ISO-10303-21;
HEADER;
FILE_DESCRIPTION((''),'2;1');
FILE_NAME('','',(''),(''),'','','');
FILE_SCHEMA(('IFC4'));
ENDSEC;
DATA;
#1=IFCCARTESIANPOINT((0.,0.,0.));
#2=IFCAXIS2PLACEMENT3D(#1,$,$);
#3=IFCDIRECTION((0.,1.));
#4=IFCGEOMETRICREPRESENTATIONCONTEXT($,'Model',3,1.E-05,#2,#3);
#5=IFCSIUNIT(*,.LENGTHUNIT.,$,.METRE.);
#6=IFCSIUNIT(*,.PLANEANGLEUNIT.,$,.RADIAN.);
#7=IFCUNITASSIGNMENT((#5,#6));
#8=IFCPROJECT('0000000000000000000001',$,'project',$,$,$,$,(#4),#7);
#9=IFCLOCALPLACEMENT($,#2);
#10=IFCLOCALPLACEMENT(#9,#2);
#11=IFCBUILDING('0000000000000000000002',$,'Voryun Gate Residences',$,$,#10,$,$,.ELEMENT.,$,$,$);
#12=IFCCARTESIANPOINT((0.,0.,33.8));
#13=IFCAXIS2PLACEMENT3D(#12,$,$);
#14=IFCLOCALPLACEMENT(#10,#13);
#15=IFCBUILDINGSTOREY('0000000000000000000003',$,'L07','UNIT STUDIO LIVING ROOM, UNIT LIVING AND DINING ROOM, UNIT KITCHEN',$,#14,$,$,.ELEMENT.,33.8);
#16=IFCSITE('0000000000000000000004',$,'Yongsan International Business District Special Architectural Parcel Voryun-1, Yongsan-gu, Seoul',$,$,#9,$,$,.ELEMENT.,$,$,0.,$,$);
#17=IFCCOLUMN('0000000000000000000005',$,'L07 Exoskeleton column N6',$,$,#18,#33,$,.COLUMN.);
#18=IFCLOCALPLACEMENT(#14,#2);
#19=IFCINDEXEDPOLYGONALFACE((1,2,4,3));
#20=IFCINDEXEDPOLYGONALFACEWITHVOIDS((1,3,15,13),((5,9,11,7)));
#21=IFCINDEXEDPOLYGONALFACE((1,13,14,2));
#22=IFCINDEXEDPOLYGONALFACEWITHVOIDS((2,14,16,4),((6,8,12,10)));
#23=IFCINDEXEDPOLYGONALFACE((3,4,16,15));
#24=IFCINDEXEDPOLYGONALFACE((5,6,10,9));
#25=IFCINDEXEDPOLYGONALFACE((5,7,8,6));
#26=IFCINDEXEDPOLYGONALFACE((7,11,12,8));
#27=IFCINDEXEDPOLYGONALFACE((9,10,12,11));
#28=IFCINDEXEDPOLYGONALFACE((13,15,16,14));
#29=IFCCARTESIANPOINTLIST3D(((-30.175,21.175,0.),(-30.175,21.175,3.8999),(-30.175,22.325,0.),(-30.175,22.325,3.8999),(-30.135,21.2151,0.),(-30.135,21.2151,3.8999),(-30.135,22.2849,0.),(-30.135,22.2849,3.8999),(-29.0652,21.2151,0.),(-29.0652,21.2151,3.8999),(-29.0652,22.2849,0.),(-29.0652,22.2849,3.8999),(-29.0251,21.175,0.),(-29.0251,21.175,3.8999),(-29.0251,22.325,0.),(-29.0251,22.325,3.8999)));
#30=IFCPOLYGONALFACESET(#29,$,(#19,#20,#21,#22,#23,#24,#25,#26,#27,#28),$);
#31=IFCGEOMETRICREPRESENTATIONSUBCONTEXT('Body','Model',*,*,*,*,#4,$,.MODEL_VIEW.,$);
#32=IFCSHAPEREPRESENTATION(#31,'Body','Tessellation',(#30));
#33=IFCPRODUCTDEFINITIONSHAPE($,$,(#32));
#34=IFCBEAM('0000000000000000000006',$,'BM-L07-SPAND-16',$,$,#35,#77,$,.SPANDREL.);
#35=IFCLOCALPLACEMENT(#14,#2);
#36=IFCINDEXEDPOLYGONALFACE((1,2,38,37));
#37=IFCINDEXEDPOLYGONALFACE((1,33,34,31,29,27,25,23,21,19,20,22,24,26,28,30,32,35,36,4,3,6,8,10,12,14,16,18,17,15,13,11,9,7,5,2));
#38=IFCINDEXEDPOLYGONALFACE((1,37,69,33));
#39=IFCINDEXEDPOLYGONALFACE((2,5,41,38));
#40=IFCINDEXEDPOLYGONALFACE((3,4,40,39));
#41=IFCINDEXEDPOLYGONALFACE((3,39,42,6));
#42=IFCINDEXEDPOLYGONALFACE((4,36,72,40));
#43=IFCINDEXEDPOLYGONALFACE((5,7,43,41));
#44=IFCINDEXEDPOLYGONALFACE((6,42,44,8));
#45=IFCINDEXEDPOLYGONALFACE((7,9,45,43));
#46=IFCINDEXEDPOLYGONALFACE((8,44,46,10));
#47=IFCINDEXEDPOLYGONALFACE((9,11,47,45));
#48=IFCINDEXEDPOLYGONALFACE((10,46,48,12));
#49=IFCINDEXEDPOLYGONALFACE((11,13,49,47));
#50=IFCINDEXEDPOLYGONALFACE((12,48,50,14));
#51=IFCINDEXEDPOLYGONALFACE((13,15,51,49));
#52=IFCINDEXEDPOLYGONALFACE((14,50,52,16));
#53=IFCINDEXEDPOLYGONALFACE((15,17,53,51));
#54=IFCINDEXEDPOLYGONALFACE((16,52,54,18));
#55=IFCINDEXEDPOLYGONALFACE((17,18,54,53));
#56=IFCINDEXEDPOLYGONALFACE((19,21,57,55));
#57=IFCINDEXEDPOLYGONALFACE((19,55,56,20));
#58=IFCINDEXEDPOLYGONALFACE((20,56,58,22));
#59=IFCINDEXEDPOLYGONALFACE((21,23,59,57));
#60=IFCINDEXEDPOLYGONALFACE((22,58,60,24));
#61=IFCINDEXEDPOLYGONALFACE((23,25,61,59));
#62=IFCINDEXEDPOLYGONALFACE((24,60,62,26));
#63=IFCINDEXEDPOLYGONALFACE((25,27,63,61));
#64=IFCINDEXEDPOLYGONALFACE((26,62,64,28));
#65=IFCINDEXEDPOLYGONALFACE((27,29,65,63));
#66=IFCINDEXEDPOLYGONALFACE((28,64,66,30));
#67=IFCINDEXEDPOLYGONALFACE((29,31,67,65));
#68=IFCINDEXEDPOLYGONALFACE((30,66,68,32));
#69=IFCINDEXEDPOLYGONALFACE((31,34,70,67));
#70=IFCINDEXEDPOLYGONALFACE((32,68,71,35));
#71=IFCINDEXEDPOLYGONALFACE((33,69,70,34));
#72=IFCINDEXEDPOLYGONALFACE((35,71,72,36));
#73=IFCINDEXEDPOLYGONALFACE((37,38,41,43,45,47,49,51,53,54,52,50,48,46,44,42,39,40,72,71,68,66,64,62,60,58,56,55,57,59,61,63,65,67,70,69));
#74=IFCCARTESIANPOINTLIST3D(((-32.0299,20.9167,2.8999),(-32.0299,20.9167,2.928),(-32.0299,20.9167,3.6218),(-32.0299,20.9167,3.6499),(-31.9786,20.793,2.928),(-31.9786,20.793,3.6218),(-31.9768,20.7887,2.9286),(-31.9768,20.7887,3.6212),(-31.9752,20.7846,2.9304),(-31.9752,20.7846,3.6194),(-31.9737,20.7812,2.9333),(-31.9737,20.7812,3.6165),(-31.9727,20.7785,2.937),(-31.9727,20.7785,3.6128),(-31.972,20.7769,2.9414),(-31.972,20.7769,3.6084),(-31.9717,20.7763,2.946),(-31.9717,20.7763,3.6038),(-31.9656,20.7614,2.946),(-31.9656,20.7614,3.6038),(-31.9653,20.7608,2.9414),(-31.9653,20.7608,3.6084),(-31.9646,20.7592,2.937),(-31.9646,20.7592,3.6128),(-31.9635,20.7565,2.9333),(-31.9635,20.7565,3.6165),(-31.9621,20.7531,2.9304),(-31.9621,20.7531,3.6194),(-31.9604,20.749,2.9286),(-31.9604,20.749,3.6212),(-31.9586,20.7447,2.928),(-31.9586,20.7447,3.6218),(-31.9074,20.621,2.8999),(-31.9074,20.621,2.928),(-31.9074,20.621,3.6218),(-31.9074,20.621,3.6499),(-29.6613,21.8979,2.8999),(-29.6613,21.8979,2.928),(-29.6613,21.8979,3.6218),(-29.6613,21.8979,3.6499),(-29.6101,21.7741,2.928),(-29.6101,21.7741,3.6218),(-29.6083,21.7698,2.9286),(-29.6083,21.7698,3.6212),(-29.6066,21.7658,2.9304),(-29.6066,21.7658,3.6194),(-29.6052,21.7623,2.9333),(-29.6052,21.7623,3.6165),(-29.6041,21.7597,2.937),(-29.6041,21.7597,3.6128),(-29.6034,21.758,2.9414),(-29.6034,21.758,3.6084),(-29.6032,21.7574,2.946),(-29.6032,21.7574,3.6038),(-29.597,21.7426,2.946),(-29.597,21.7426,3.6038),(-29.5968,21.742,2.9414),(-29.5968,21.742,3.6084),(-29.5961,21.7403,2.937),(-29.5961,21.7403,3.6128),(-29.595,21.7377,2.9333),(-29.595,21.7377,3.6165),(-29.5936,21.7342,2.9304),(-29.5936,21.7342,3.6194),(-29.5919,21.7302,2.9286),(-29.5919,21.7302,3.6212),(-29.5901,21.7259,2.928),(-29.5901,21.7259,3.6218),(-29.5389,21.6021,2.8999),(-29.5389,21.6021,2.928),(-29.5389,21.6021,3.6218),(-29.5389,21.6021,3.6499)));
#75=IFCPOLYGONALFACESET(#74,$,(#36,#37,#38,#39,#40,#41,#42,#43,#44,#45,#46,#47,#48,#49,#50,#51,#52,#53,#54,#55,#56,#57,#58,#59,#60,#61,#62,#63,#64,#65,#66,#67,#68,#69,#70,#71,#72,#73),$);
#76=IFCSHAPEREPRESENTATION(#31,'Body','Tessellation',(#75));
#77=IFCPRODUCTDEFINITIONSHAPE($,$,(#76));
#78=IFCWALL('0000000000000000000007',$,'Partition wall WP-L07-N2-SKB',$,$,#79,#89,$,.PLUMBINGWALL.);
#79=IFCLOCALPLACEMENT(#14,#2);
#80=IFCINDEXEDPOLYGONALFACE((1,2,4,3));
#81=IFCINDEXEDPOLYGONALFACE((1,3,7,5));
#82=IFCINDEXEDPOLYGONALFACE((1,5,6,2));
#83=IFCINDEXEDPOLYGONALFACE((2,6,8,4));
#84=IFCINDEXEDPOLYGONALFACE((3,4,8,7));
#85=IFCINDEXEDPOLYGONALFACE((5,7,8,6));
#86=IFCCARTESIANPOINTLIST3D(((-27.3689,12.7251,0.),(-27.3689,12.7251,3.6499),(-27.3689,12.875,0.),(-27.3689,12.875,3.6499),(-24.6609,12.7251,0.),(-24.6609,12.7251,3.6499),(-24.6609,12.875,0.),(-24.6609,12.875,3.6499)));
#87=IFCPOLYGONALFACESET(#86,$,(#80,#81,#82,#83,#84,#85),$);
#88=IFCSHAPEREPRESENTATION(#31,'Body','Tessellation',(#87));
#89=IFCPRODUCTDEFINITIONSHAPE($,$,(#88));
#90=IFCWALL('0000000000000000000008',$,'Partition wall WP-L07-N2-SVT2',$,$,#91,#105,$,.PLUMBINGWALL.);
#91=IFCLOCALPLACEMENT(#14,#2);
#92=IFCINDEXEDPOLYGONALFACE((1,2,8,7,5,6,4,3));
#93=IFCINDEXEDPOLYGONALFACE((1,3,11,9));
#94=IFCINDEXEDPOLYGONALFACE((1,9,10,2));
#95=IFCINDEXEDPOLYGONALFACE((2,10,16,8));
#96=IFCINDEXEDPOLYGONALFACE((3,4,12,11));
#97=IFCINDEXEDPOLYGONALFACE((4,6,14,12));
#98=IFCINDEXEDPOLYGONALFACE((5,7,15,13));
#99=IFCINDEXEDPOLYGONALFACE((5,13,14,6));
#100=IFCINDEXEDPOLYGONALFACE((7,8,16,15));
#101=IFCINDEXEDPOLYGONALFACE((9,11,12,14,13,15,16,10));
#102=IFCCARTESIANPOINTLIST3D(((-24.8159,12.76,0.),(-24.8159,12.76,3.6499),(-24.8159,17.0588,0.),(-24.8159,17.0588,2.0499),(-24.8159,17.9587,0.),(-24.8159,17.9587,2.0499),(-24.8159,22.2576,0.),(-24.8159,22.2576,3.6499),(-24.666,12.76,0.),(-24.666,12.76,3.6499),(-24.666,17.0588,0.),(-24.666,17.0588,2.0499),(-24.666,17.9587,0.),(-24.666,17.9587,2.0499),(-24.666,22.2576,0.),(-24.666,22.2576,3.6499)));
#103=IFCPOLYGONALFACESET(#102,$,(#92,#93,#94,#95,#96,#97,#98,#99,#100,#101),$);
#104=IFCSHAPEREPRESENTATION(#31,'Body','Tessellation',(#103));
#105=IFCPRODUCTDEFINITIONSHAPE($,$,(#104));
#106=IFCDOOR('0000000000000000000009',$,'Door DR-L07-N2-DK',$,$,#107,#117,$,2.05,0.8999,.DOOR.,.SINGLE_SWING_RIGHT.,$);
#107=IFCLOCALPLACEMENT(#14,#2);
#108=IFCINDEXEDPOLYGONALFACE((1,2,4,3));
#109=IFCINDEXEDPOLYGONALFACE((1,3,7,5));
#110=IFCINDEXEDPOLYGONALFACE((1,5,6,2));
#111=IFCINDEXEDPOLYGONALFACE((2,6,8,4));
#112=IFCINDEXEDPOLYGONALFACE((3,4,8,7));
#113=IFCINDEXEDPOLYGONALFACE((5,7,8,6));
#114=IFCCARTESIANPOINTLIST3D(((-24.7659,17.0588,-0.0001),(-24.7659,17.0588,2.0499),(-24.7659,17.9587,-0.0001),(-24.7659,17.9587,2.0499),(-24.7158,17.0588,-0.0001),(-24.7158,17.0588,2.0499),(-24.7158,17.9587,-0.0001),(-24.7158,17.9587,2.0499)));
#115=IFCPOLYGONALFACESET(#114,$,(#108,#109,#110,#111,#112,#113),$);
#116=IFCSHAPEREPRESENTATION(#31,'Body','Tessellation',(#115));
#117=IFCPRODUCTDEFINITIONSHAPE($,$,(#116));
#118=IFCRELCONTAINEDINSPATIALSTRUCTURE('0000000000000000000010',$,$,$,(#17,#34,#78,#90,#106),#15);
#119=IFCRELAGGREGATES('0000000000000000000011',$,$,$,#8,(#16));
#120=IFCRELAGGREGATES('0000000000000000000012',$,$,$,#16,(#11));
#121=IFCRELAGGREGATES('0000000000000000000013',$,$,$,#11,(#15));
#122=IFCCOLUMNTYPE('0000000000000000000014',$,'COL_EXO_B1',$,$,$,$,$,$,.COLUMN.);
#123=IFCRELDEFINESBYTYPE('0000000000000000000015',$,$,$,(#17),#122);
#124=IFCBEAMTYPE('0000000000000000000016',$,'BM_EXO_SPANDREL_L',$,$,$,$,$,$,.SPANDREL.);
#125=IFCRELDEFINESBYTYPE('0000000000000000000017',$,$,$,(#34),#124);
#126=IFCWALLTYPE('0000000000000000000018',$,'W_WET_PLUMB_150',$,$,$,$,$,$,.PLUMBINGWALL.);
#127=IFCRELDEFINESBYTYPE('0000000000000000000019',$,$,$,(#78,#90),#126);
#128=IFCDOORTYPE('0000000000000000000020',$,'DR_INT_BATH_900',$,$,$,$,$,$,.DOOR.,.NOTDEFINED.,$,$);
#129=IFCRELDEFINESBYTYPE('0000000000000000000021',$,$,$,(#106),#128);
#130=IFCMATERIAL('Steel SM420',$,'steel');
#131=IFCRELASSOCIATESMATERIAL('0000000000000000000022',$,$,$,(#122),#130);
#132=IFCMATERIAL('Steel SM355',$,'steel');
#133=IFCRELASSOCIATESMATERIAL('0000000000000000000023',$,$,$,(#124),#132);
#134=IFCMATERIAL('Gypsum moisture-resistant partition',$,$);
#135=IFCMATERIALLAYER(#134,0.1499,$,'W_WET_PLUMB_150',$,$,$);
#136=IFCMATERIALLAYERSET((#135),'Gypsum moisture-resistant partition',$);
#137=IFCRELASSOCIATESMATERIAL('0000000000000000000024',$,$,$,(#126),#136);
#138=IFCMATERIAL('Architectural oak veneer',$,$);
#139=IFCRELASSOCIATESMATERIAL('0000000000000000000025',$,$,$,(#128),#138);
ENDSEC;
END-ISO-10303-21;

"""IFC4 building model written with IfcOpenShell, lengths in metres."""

from ifc_helpers import new_model, si_unit, direction, frame, frame_2d, origin, origin_2d, place, context, subcontext, project, spatial, rectangle, hollow_rectangle, i_section, extrude, material, layer, layer_set, material_profile, profile_set, type_object, element, fill, save


model = new_model("IFC4")

# Units and contexts
model_context = context("Model", 3, precision=1e-05, world=origin(), true_north=direction((0.0, 1.0)))
body_context = subcontext(model_context, "Body", "Model", "MODEL_VIEW")
ifc_project = project(units=[si_unit("LENGTHUNIT", "METRE"), si_unit("PLANEANGLEUNIT", "RADIAN")], contexts=[model_context])

# Site, building, storey
site_placement = place(None, origin())
site = spatial("IfcSite", under=ifc_project, at=site_placement, Name="Yongsan International Business District Special Architectural Parcel Voryun-1, Yongsan-gu, Seoul", CompositionType="ELEMENT", RefElevation=0.0)
building_placement = place(site_placement, origin())
building = spatial("IfcBuilding", under=site, at=building_placement, Name="Voryun Gate Residences", CompositionType="ELEMENT")
storey_placement = place(building_placement, frame((0.0, 0.0, 33.8)))
storey = spatial("IfcBuildingStorey", under=building, at=storey_placement, Name="L07", Description="UNIT STUDIO LIVING ROOM, UNIT LIVING AND DINING ROOM, UNIT KITCHEN", CompositionType="ELEMENT", Elevation=33.8)

# Column
ifc_material_1 = material(Name="Steel SM420", Category="steel")
ifc_material_profile_1 = material_profile(ifc_material_1, hollow_rectangle(XDim=1.1499, YDim=1.1499, WallThickness=0.04, at=origin_2d()), Name="BOX-1150x1150x40")
ifc_profile_set_1 = profile_set([ifc_material_profile_1], Name="Steel SM420")
column_type = type_object("IfcColumnType", Name="COL_EXO_B1", PredefinedType="COLUMN", material=ifc_profile_set_1)
column_placement = place(storey_placement, frame((-29.6001, 21.75, 0.0), z_axis=(0.0, 0.0, 1.0), x_axis=(1.0, 0.0, 0.0)))
element("IfcColumn", 1, at=column_placement, inside=storey, type_object=column_type, Name="L07 Exoskeleton column N6", PredefinedType="COLUMN", context=body_context, shape_type="SweptSolid", body=[
    extrude(hollow_rectangle(XDim=1.1499, YDim=1.1499, WallThickness=0.04, at=origin_2d()), origin(), (0.0, 0.0, 1.0), 3.8999),
])

# Beam
ifc_material_2 = material(Name="Steel SM355", Category="steel")
ifc_material_profile_2 = material_profile(ifc_material_2, i_section(OverallWidth=0.3201, OverallDepth=0.75, WebThickness=0.0161, FlangeThickness=0.0281, FilletRadius=0.0181, at=origin_2d()), Name="H-750x320x16x28")
ifc_profile_set_2 = profile_set([ifc_material_profile_2], Name="Steel SM355")
beam_type = type_object("IfcBeamType", Name="BM_EXO_SPANDREL_L", PredefinedType="SPANDREL", material=ifc_profile_set_2)
beam_placement = place(storey_placement, frame((-29.6001, 21.75, 3.2749), z_axis=(-0.923869, -0.382708, 0.0), x_axis=(0.382708, -0.923869, 0.0)))
element("IfcBeam", 2, at=beam_placement, inside=storey, type_object=beam_type, Name="BM-L07-SPAND-16", PredefinedType="SPANDREL", context=body_context, shape_type="SweptSolid", body=[
    extrude(i_section(OverallWidth=0.3201, OverallDepth=0.75, WebThickness=0.0161, FlangeThickness=0.0281, FilletRadius=0.0181, at=origin_2d()), origin(), (0.0, 0.0, 1.0), 2.5637),
])

# Wall
ifc_material_3 = material(Name="Gypsum moisture-resistant partition")
ifc_layer_1 = layer(ifc_material_3, 0.1499, Name="W_WET_PLUMB_150")
ifc_layer_set_1 = layer_set([ifc_layer_1], Name="Gypsum moisture-resistant partition")
wall_type_1 = type_object("IfcWallType", Name="W_WET_PLUMB_150", PredefinedType="PLUMBINGWALL", material=ifc_layer_set_1)
wall_1_placement = place(storey_placement, frame((-27.3689, 12.8, 0.0), z_axis=(0.0, 0.0, 1.0), x_axis=(1.0, 0.0, 0.0)))
element("IfcWall", 3, at=wall_1_placement, inside=storey, type_object=wall_type_1, Name="Partition wall WP-L07-N2-SKB", PredefinedType="PLUMBINGWALL", context=body_context, shape_type="SweptSolid", body=[
    extrude(rectangle(XDim=2.708, YDim=0.1499, at=frame_2d((1.354, 0.0))), origin(), (0.0, 0.0, 1.0), 3.6499),
])

# Wall, opening, door
wall_2_placement = place(storey_placement, frame((-24.741, 12.76, 0.0), z_axis=(0.0, 0.0, 1.0), x_axis=(0.0, 1.0, 0.0)))
wall_2 = element("IfcWall", 4, at=wall_2_placement, inside=storey, type_object=wall_type_1, Name="Partition wall WP-L07-N2-SVT2", PredefinedType="PLUMBINGWALL", context=body_context, shape_type="SweptSolid", body=[
    extrude(rectangle(XDim=9.4976, YDim=0.1499, at=frame_2d((4.7488, 0.0))), origin(), (0.0, 0.0, 1.0), 3.6499),
])
opening_1_placement = place(wall_2_placement, frame((4.2988, 0.0, 0.0)))
opening_1 = element("IfcOpeningElement", 5, at=opening_1_placement, cuts=wall_2, PredefinedType="OPENING", context=body_context, shape_type="SweptSolid", body=[
    extrude(rectangle(XDim=0.8999, YDim=2.05, at=frame_2d((0.45, 1.0249))), frame((0.0, 0.085, 0.0), z_axis=(0.0, -1.0, 0.0), x_axis=(1.0, 0.0, 0.0)), (0.0, 0.0, 1.0), 0.1699),
])
ifc_material_4 = material(Name="Architectural oak veneer")
door_type = type_object("IfcDoorType", Name="DR_INT_BATH_900", OperationType="NOTDEFINED", PredefinedType="DOOR", material=ifc_material_4)
door_placement = place(opening_1_placement, origin())
door = element("IfcDoor", 6, at=door_placement, inside=storey, type_object=door_type, Name="Door DR-L07-N2-DK", OperationType="SINGLE_SWING_RIGHT", OverallHeight=2.05, OverallWidth=0.8999, PredefinedType="DOOR", context=body_context, shape_type="SweptSolid", body=[
    extrude(rectangle(XDim=0.8999, YDim=2.05, at=frame_2d((0.45, 1.0249))), frame((0.0, 0.0249, 0.0), z_axis=(0.0, -1.0, 0.0), x_axis=(1.0, 0.0, 0.0)), (0.0, 0.0, 1.0), 0.05),
])
fill(opening_1, door)

save(model, "model.ifc")
